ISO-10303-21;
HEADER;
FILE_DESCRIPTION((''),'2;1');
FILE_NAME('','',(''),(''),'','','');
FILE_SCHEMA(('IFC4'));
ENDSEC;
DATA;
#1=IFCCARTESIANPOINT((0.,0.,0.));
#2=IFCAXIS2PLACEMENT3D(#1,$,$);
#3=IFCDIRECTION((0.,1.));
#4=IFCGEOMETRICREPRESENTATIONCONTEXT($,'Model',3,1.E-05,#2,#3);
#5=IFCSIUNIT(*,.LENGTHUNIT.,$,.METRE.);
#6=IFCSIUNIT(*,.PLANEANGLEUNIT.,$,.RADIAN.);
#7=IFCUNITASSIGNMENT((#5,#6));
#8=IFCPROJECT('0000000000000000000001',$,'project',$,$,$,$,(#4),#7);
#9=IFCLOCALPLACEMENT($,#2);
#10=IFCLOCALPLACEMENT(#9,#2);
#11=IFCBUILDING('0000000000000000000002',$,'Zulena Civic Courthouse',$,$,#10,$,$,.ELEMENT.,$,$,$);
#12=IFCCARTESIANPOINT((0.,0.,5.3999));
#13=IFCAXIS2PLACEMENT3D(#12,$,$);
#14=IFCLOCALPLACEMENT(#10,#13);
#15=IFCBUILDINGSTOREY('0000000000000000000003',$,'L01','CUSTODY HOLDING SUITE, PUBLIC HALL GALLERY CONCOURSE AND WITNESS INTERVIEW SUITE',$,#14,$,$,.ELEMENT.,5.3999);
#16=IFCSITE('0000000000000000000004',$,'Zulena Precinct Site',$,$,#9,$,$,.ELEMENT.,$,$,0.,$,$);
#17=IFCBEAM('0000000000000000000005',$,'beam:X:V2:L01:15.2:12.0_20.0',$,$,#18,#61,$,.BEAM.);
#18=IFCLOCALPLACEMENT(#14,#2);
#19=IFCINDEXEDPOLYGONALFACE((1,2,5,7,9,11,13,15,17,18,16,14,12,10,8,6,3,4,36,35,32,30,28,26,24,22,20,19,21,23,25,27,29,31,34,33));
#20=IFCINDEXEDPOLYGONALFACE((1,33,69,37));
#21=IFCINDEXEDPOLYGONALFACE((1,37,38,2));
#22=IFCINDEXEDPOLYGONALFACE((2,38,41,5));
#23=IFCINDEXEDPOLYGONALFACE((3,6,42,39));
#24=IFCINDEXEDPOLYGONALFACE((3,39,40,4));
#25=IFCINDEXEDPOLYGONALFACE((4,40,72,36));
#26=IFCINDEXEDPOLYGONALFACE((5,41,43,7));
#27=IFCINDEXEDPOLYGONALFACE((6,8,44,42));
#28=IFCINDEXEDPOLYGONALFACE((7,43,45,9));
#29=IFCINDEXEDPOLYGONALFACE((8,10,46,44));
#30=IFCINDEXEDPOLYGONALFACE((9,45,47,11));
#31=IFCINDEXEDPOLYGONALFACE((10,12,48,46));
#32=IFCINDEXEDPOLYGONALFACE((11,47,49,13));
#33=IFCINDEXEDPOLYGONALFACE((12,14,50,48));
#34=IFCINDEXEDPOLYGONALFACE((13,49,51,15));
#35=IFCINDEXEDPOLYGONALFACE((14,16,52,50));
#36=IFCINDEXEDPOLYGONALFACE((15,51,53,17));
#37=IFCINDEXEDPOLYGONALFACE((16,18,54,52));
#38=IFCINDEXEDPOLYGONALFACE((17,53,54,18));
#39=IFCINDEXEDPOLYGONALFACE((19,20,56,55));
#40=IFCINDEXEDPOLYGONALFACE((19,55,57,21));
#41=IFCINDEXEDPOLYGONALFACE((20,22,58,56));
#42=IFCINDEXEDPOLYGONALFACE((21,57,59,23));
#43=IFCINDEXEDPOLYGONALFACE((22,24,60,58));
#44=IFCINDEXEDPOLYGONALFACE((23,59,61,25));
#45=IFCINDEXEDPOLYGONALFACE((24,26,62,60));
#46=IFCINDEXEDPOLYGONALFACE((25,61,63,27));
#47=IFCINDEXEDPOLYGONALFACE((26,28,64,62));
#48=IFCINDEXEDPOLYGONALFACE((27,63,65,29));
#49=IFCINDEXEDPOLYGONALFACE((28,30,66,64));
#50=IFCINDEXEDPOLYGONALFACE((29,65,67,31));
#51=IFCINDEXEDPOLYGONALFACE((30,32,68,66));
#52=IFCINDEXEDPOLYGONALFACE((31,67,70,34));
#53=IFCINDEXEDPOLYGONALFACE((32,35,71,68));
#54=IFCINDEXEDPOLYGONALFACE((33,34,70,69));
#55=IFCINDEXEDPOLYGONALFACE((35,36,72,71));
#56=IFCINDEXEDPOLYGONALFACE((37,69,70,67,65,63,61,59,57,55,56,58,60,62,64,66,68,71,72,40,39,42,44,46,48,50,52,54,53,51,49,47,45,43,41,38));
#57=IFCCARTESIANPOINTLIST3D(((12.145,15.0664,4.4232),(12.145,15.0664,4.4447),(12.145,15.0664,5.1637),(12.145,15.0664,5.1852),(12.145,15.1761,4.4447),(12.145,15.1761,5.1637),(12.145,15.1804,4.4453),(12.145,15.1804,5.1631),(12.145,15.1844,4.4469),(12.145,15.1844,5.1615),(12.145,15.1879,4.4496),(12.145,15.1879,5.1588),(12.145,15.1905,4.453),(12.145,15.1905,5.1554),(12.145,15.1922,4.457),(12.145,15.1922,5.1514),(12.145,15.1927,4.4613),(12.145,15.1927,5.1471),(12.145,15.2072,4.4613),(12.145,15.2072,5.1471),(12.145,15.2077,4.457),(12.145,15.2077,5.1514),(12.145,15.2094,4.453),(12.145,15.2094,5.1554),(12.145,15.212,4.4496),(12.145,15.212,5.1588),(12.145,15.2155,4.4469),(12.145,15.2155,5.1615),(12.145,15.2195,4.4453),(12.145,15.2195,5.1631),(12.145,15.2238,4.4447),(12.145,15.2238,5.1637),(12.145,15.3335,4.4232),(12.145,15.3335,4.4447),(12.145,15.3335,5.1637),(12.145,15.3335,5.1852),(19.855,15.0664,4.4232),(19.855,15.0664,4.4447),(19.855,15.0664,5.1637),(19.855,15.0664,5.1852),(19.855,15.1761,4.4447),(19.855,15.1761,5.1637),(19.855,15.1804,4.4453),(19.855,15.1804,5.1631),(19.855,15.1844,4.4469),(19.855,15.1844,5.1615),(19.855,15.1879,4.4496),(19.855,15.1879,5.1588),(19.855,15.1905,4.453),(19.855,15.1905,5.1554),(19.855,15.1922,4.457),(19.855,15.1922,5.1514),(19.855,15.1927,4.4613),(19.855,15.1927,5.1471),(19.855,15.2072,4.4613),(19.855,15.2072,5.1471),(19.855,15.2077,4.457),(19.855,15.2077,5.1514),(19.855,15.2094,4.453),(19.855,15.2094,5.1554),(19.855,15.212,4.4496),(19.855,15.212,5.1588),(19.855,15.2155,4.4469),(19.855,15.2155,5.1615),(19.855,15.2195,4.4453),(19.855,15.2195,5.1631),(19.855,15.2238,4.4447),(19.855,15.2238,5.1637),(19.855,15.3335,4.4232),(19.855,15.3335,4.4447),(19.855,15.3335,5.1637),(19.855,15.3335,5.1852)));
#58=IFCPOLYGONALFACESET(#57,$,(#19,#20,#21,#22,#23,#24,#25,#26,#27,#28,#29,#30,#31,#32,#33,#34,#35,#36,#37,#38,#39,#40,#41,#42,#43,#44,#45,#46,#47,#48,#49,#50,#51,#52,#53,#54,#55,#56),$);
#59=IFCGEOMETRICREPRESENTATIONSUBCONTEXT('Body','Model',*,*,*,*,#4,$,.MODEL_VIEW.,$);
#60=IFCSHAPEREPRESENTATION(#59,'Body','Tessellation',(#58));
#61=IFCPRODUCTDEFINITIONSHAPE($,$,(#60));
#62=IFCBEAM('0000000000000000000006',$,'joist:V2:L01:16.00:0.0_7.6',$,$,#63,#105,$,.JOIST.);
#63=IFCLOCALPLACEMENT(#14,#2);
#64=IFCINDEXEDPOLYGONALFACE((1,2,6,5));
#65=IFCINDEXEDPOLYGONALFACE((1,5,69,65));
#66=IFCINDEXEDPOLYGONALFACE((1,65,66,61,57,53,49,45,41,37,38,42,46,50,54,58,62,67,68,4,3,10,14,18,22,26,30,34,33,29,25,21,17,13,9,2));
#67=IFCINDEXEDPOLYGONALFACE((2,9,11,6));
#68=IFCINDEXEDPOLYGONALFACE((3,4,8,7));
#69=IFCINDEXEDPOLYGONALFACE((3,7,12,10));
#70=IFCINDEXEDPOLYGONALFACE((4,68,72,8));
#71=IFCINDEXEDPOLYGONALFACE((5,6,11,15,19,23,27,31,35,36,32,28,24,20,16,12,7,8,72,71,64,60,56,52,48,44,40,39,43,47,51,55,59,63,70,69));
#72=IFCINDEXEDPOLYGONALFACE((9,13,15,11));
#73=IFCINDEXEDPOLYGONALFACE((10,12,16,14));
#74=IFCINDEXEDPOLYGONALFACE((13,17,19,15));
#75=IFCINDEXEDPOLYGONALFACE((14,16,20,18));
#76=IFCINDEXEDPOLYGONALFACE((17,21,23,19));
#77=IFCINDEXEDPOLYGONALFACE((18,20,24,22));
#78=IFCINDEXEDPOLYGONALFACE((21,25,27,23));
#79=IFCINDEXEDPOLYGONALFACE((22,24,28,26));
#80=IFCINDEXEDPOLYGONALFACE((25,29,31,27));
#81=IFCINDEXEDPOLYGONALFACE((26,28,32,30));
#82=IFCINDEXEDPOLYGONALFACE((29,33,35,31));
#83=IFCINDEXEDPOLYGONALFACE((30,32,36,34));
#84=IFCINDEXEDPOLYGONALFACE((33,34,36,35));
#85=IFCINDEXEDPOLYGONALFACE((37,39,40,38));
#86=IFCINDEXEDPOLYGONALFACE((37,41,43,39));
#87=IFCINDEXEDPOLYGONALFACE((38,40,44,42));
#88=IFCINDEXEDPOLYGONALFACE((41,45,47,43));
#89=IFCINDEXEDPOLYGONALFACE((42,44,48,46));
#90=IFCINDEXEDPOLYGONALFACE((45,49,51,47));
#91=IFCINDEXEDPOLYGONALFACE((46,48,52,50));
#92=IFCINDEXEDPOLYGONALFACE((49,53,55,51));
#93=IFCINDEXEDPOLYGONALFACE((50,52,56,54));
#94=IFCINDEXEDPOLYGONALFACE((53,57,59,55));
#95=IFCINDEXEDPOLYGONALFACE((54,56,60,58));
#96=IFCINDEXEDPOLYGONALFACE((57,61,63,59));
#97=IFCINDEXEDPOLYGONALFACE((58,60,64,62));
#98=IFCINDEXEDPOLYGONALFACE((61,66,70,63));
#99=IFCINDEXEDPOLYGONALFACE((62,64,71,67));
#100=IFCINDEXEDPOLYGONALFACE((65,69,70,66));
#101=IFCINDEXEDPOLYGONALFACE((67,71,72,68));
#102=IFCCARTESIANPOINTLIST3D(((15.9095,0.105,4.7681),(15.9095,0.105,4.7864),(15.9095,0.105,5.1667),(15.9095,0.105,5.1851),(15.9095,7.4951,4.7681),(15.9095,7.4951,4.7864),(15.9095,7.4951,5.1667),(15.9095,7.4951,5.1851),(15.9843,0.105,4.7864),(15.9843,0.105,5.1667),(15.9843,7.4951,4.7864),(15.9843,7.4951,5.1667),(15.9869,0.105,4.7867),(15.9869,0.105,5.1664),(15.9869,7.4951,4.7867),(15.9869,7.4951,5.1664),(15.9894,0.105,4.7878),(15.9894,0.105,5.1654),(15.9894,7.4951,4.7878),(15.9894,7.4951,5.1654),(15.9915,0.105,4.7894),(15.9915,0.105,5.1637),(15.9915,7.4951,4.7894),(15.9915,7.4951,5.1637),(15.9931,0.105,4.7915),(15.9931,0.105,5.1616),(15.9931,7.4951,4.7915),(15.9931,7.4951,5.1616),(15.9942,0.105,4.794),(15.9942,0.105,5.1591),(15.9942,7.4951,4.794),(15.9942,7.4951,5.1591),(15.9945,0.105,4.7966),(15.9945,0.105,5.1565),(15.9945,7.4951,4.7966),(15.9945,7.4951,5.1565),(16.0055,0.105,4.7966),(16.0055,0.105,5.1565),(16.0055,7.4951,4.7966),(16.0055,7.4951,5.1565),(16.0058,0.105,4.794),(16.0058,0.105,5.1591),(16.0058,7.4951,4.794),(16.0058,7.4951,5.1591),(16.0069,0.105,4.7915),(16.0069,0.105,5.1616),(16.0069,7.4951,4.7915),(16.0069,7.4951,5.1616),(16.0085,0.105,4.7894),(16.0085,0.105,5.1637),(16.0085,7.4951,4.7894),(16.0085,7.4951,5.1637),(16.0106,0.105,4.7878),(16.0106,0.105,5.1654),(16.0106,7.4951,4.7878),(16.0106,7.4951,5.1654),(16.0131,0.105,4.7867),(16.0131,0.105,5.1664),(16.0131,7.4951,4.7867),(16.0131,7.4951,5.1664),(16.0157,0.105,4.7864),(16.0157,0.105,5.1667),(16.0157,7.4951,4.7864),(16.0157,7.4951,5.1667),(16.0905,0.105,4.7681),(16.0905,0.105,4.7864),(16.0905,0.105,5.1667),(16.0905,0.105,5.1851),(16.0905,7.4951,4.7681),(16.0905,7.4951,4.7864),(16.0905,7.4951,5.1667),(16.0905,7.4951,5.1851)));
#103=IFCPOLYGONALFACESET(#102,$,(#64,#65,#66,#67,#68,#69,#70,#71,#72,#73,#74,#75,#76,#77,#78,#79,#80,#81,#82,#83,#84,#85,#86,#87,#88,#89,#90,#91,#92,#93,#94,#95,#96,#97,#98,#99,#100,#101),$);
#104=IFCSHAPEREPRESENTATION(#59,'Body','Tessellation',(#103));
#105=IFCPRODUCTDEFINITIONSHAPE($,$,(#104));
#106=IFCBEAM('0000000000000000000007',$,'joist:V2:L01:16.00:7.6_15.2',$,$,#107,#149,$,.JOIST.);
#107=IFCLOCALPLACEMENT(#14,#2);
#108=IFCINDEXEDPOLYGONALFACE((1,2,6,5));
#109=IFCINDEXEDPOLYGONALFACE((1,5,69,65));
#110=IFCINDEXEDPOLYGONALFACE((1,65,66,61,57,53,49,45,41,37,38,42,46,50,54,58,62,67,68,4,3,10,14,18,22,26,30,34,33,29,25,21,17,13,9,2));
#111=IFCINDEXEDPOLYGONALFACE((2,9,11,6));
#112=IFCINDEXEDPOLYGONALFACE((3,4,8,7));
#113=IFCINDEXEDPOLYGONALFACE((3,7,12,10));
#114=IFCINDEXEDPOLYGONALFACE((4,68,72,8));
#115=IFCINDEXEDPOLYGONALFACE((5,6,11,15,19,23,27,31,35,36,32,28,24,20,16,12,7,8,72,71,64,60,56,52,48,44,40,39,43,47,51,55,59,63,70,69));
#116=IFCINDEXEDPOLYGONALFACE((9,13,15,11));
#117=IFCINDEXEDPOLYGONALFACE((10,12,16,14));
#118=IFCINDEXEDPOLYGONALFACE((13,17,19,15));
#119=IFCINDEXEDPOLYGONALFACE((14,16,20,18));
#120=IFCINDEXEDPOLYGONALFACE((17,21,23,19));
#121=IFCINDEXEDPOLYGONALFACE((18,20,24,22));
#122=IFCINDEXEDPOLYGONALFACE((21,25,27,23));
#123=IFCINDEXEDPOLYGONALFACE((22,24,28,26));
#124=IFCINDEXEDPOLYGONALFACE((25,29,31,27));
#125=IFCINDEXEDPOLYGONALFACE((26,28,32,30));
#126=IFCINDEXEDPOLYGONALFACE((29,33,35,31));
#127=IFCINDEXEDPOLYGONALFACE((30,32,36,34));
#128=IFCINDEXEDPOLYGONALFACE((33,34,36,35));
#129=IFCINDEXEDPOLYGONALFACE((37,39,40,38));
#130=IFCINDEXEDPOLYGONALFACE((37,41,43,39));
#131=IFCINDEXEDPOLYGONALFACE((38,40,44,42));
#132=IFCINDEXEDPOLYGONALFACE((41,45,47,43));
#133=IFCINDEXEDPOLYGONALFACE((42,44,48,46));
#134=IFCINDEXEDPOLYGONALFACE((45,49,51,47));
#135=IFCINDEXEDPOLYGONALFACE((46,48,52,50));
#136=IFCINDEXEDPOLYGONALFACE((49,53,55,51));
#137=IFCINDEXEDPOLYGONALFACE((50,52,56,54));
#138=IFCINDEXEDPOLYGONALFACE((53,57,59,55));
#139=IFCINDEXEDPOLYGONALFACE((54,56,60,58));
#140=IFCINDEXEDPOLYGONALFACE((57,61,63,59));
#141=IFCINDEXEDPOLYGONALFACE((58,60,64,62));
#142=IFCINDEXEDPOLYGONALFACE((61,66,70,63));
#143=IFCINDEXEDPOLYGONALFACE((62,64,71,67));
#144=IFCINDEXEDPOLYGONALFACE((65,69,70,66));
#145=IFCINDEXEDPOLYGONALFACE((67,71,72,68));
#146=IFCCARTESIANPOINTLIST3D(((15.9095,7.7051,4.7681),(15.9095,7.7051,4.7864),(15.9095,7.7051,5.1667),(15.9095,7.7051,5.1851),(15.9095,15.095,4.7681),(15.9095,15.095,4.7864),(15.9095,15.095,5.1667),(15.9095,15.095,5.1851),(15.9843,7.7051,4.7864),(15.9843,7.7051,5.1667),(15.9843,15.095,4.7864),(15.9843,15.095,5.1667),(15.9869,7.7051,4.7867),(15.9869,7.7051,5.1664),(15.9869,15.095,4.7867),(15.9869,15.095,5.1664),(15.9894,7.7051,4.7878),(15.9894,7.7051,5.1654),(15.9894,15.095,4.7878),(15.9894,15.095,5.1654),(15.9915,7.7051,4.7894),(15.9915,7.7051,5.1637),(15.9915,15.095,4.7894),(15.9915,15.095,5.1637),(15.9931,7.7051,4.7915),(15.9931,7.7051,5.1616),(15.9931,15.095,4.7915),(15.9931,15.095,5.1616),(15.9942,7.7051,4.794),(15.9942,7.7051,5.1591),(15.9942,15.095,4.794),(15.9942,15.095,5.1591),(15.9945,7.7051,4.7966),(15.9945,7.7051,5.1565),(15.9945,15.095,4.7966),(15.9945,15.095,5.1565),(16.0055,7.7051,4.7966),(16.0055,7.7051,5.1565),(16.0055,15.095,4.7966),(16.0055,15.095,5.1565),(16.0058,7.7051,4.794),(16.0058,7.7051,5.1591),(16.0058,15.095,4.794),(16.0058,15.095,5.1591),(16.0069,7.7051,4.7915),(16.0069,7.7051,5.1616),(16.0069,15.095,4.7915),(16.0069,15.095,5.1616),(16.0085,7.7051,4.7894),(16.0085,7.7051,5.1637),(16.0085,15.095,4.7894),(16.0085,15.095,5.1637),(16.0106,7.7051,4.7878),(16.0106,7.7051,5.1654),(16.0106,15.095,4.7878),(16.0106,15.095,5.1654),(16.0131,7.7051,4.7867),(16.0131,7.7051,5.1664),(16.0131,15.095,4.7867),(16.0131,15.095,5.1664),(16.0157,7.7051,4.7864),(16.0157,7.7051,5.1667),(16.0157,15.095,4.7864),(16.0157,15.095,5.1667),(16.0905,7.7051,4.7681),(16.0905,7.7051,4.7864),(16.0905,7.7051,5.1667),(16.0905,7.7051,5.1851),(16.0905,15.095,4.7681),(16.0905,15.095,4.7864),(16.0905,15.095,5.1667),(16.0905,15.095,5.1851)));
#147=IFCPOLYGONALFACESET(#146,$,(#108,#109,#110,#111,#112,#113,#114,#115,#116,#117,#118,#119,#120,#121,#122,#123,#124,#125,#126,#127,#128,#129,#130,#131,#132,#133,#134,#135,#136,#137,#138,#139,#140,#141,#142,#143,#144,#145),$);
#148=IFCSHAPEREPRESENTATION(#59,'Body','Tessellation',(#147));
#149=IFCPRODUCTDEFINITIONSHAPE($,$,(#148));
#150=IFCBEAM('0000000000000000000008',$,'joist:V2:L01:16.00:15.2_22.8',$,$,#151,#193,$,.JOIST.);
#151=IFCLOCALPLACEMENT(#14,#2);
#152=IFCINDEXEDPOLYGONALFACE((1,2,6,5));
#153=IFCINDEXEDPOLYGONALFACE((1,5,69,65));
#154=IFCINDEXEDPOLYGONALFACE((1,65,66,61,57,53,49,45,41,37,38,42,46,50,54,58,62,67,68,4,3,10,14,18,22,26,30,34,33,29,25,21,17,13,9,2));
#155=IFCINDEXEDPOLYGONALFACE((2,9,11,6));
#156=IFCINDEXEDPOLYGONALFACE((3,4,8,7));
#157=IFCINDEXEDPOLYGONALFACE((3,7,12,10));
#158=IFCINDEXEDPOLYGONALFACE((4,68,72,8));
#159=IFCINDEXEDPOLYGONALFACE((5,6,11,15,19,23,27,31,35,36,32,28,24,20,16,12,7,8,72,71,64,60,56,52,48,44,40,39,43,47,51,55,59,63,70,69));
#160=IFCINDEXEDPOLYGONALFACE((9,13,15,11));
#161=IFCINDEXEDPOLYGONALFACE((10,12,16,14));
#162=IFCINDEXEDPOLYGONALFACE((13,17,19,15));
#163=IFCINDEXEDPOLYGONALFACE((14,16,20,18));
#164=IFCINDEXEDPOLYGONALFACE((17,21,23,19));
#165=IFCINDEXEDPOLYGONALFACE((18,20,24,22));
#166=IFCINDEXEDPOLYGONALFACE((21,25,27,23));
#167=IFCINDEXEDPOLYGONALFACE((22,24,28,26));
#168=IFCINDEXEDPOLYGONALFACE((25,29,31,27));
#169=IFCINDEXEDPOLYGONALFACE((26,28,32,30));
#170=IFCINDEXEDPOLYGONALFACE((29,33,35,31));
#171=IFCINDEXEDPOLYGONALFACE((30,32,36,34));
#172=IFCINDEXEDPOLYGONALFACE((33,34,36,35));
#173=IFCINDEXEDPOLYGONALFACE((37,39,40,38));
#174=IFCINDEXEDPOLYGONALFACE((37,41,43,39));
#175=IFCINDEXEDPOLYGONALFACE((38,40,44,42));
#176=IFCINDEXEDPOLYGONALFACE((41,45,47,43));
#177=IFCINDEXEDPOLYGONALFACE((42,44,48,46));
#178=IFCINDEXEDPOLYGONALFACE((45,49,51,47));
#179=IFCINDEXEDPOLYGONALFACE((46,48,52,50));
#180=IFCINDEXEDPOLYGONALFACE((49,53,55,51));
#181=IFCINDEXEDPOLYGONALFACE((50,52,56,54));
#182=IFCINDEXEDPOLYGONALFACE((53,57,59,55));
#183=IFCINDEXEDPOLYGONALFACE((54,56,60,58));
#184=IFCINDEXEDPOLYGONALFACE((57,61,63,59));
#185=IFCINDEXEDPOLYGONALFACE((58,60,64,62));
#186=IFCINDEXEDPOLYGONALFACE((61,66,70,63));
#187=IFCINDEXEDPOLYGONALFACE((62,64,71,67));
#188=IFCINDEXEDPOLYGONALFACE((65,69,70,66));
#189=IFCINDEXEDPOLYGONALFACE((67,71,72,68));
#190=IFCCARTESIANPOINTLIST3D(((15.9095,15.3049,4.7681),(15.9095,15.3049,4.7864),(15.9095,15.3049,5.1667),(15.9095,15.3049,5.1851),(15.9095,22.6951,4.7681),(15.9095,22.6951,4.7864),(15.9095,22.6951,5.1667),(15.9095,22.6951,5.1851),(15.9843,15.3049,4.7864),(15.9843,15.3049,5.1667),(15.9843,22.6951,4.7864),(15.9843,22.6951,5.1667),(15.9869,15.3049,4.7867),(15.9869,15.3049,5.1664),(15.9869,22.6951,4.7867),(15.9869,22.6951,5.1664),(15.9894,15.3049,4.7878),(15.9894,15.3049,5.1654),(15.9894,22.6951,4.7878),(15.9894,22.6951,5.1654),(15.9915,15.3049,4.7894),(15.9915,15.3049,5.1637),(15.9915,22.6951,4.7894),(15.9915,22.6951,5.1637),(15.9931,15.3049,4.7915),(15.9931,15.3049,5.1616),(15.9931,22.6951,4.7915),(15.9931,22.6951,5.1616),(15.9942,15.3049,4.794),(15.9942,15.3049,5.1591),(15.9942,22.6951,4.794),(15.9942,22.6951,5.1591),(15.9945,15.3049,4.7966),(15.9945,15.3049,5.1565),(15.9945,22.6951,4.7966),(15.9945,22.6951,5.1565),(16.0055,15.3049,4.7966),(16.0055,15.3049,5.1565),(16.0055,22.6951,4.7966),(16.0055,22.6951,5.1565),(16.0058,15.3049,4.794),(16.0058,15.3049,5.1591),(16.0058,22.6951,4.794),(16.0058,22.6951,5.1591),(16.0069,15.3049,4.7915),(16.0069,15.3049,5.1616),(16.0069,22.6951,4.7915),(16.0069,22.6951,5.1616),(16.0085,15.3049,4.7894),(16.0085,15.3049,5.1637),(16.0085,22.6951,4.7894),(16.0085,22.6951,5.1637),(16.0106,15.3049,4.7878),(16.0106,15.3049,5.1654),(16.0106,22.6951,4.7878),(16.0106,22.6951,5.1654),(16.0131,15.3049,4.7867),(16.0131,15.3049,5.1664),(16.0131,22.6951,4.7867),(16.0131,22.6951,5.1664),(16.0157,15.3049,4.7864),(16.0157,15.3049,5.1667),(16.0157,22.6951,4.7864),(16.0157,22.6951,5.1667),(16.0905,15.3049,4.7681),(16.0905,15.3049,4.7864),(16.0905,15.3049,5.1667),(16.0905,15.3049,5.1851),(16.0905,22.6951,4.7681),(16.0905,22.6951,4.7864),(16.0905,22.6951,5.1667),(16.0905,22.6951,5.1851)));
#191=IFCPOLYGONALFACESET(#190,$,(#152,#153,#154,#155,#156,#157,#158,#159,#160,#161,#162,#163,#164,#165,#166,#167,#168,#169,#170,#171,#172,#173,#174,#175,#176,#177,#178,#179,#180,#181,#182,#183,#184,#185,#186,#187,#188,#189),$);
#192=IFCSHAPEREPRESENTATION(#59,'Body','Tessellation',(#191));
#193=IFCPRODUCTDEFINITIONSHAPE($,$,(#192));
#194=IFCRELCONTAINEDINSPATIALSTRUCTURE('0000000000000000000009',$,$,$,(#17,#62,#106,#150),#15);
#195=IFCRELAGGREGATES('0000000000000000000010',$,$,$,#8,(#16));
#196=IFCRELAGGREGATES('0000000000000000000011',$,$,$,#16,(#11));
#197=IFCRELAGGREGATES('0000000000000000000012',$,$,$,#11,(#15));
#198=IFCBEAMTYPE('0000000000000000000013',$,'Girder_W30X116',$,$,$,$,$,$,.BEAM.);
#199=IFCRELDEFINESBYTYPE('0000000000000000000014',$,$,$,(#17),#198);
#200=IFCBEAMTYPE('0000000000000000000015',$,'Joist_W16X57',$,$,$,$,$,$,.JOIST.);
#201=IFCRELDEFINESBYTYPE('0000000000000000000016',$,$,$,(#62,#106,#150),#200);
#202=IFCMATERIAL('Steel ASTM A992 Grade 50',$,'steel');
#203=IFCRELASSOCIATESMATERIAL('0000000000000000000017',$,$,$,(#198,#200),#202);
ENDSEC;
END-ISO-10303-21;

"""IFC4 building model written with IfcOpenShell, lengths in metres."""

from ifc_helpers import new_model, si_unit, direction, frame, origin, origin_2d, place, context, subcontext, project, spatial, i_section, extrude, material, material_profile, profile_set, type_object, element, save


model = new_model("IFC4")

# Units and contexts
model_context = context("Model", 3, precision=1e-05, world=origin(), true_north=direction((0.0, 1.0)))
body_context = subcontext(model_context, "Body", "Model", "MODEL_VIEW")
ifc_project = project(units=[si_unit("LENGTHUNIT", "METRE"), si_unit("PLANEANGLEUNIT", "RADIAN")], contexts=[model_context])

# Site, building, storey
site_placement = place(None, origin())
site = spatial("IfcSite", under=ifc_project, at=site_placement, Name="Zulena Precinct Site", CompositionType="ELEMENT", RefElevation=0.0)
building_placement = place(site_placement, origin())
building = spatial("IfcBuilding", under=site, at=building_placement, Name="Zulena Civic Courthouse", CompositionType="ELEMENT")
storey_placement = place(building_placement, frame((0.0, 0.0, 5.3999)))
storey = spatial("IfcBuildingStorey", under=building, at=storey_placement, Name="L01", Description="CUSTODY HOLDING SUITE, PUBLIC HALL GALLERY CONCOURSE AND WITNESS INTERVIEW SUITE", CompositionType="ELEMENT", Elevation=5.3999)

# Shared definitions
ifc_material_1 = material(Name="Steel ASTM A992 Grade 50", Category="steel")

# Beams
ifc_material_profile_1 = material_profile(ifc_material_1, i_section(OverallWidth=0.2671, OverallDepth=0.762, WebThickness=0.0144, FlangeThickness=0.0215, FilletRadius=0.0166, at=origin_2d()), Name="W30X116")
ifc_profile_set_1 = profile_set([ifc_material_profile_1], Name="Steel ASTM A992 Grade 50")
beam_type_1 = type_object("IfcBeamType", Name="Girder_W30X116", PredefinedType="BEAM", material=ifc_profile_set_1)
for number, where, z_axis, x_axis, name in (
    (1, (12.145, 15.2, 4.8042), (1.0, 0.0, 0.0), (0.0, 1.0, 0.0), "beam:X:V2:L01:15.2:12.0_20.0"),
):
    element("IfcBeam", number, at=place(storey_placement, frame(where, z_axis=z_axis, x_axis=x_axis)), inside=storey, type_object=beam_type_1, Name=name, PredefinedType="BEAM", context=body_context, shape_type="SweptSolid", body=[
        extrude(i_section(OverallWidth=0.2671, OverallDepth=0.762, WebThickness=0.0144, FlangeThickness=0.0215, FilletRadius=0.0166, at=origin_2d()), origin(), (0.0, 0.0, 1.0), 7.71),
    ])
ifc_material_profile_2 = material_profile(ifc_material_1, i_section(OverallWidth=0.1809, OverallDepth=0.417, WebThickness=0.011, FlangeThickness=0.0183, FilletRadius=0.0103, at=origin_2d()), Name="W16X57")
ifc_profile_set_2 = profile_set([ifc_material_profile_2], Name="Steel ASTM A992 Grade 50")
beam_type_2 = type_object("IfcBeamType", Name="Joist_W16X57", PredefinedType="JOIST", material=ifc_profile_set_2)
beam_1_placement = place(storey_placement, frame((16.0, 0.105, 4.9766), z_axis=(0.0, 1.0, 0.0), x_axis=(-1.0, 0.0, 0.0)))
element("IfcBeam", 2, at=beam_1_placement, inside=storey, type_object=beam_type_2, Name="joist:V2:L01:16.00:0.0_7.6", PredefinedType="JOIST", context=body_context, shape_type="SweptSolid", body=[
    extrude(i_section(OverallWidth=0.1809, OverallDepth=0.417, WebThickness=0.011, FlangeThickness=0.0183, FilletRadius=0.0103, at=origin_2d()), origin(), (0.0, 0.0, 1.0), 7.3901),
])
beam_2_placement = place(storey_placement, frame((16.0, 7.7051, 4.9766), z_axis=(0.0, 1.0, 0.0), x_axis=(-1.0, 0.0, 0.0)))
element("IfcBeam", 3, at=beam_2_placement, inside=storey, type_object=beam_type_2, Name="joist:V2:L01:16.00:7.6_15.2", PredefinedType="JOIST", context=body_context, shape_type="SweptSolid", body=[
    extrude(i_section(OverallWidth=0.1809, OverallDepth=0.417, WebThickness=0.011, FlangeThickness=0.0183, FilletRadius=0.0103, at=origin_2d()), origin(), (0.0, 0.0, 1.0), 7.3899),
])
beam_3_placement = place(storey_placement, frame((16.0, 15.3049, 4.9766), z_axis=(0.0, 1.0, 0.0), x_axis=(-1.0, 0.0, 0.0)))
element("IfcBeam", 4, at=beam_3_placement, inside=storey, type_object=beam_type_2, Name="joist:V2:L01:16.00:15.2_22.8", PredefinedType="JOIST", context=body_context, shape_type="SweptSolid", body=[
    extrude(i_section(OverallWidth=0.1809, OverallDepth=0.417, WebThickness=0.011, FlangeThickness=0.0183, FilletRadius=0.0103, at=origin_2d()), origin(), (0.0, 0.0, 1.0), 7.3901),
])

save(model, "model.ifc")
